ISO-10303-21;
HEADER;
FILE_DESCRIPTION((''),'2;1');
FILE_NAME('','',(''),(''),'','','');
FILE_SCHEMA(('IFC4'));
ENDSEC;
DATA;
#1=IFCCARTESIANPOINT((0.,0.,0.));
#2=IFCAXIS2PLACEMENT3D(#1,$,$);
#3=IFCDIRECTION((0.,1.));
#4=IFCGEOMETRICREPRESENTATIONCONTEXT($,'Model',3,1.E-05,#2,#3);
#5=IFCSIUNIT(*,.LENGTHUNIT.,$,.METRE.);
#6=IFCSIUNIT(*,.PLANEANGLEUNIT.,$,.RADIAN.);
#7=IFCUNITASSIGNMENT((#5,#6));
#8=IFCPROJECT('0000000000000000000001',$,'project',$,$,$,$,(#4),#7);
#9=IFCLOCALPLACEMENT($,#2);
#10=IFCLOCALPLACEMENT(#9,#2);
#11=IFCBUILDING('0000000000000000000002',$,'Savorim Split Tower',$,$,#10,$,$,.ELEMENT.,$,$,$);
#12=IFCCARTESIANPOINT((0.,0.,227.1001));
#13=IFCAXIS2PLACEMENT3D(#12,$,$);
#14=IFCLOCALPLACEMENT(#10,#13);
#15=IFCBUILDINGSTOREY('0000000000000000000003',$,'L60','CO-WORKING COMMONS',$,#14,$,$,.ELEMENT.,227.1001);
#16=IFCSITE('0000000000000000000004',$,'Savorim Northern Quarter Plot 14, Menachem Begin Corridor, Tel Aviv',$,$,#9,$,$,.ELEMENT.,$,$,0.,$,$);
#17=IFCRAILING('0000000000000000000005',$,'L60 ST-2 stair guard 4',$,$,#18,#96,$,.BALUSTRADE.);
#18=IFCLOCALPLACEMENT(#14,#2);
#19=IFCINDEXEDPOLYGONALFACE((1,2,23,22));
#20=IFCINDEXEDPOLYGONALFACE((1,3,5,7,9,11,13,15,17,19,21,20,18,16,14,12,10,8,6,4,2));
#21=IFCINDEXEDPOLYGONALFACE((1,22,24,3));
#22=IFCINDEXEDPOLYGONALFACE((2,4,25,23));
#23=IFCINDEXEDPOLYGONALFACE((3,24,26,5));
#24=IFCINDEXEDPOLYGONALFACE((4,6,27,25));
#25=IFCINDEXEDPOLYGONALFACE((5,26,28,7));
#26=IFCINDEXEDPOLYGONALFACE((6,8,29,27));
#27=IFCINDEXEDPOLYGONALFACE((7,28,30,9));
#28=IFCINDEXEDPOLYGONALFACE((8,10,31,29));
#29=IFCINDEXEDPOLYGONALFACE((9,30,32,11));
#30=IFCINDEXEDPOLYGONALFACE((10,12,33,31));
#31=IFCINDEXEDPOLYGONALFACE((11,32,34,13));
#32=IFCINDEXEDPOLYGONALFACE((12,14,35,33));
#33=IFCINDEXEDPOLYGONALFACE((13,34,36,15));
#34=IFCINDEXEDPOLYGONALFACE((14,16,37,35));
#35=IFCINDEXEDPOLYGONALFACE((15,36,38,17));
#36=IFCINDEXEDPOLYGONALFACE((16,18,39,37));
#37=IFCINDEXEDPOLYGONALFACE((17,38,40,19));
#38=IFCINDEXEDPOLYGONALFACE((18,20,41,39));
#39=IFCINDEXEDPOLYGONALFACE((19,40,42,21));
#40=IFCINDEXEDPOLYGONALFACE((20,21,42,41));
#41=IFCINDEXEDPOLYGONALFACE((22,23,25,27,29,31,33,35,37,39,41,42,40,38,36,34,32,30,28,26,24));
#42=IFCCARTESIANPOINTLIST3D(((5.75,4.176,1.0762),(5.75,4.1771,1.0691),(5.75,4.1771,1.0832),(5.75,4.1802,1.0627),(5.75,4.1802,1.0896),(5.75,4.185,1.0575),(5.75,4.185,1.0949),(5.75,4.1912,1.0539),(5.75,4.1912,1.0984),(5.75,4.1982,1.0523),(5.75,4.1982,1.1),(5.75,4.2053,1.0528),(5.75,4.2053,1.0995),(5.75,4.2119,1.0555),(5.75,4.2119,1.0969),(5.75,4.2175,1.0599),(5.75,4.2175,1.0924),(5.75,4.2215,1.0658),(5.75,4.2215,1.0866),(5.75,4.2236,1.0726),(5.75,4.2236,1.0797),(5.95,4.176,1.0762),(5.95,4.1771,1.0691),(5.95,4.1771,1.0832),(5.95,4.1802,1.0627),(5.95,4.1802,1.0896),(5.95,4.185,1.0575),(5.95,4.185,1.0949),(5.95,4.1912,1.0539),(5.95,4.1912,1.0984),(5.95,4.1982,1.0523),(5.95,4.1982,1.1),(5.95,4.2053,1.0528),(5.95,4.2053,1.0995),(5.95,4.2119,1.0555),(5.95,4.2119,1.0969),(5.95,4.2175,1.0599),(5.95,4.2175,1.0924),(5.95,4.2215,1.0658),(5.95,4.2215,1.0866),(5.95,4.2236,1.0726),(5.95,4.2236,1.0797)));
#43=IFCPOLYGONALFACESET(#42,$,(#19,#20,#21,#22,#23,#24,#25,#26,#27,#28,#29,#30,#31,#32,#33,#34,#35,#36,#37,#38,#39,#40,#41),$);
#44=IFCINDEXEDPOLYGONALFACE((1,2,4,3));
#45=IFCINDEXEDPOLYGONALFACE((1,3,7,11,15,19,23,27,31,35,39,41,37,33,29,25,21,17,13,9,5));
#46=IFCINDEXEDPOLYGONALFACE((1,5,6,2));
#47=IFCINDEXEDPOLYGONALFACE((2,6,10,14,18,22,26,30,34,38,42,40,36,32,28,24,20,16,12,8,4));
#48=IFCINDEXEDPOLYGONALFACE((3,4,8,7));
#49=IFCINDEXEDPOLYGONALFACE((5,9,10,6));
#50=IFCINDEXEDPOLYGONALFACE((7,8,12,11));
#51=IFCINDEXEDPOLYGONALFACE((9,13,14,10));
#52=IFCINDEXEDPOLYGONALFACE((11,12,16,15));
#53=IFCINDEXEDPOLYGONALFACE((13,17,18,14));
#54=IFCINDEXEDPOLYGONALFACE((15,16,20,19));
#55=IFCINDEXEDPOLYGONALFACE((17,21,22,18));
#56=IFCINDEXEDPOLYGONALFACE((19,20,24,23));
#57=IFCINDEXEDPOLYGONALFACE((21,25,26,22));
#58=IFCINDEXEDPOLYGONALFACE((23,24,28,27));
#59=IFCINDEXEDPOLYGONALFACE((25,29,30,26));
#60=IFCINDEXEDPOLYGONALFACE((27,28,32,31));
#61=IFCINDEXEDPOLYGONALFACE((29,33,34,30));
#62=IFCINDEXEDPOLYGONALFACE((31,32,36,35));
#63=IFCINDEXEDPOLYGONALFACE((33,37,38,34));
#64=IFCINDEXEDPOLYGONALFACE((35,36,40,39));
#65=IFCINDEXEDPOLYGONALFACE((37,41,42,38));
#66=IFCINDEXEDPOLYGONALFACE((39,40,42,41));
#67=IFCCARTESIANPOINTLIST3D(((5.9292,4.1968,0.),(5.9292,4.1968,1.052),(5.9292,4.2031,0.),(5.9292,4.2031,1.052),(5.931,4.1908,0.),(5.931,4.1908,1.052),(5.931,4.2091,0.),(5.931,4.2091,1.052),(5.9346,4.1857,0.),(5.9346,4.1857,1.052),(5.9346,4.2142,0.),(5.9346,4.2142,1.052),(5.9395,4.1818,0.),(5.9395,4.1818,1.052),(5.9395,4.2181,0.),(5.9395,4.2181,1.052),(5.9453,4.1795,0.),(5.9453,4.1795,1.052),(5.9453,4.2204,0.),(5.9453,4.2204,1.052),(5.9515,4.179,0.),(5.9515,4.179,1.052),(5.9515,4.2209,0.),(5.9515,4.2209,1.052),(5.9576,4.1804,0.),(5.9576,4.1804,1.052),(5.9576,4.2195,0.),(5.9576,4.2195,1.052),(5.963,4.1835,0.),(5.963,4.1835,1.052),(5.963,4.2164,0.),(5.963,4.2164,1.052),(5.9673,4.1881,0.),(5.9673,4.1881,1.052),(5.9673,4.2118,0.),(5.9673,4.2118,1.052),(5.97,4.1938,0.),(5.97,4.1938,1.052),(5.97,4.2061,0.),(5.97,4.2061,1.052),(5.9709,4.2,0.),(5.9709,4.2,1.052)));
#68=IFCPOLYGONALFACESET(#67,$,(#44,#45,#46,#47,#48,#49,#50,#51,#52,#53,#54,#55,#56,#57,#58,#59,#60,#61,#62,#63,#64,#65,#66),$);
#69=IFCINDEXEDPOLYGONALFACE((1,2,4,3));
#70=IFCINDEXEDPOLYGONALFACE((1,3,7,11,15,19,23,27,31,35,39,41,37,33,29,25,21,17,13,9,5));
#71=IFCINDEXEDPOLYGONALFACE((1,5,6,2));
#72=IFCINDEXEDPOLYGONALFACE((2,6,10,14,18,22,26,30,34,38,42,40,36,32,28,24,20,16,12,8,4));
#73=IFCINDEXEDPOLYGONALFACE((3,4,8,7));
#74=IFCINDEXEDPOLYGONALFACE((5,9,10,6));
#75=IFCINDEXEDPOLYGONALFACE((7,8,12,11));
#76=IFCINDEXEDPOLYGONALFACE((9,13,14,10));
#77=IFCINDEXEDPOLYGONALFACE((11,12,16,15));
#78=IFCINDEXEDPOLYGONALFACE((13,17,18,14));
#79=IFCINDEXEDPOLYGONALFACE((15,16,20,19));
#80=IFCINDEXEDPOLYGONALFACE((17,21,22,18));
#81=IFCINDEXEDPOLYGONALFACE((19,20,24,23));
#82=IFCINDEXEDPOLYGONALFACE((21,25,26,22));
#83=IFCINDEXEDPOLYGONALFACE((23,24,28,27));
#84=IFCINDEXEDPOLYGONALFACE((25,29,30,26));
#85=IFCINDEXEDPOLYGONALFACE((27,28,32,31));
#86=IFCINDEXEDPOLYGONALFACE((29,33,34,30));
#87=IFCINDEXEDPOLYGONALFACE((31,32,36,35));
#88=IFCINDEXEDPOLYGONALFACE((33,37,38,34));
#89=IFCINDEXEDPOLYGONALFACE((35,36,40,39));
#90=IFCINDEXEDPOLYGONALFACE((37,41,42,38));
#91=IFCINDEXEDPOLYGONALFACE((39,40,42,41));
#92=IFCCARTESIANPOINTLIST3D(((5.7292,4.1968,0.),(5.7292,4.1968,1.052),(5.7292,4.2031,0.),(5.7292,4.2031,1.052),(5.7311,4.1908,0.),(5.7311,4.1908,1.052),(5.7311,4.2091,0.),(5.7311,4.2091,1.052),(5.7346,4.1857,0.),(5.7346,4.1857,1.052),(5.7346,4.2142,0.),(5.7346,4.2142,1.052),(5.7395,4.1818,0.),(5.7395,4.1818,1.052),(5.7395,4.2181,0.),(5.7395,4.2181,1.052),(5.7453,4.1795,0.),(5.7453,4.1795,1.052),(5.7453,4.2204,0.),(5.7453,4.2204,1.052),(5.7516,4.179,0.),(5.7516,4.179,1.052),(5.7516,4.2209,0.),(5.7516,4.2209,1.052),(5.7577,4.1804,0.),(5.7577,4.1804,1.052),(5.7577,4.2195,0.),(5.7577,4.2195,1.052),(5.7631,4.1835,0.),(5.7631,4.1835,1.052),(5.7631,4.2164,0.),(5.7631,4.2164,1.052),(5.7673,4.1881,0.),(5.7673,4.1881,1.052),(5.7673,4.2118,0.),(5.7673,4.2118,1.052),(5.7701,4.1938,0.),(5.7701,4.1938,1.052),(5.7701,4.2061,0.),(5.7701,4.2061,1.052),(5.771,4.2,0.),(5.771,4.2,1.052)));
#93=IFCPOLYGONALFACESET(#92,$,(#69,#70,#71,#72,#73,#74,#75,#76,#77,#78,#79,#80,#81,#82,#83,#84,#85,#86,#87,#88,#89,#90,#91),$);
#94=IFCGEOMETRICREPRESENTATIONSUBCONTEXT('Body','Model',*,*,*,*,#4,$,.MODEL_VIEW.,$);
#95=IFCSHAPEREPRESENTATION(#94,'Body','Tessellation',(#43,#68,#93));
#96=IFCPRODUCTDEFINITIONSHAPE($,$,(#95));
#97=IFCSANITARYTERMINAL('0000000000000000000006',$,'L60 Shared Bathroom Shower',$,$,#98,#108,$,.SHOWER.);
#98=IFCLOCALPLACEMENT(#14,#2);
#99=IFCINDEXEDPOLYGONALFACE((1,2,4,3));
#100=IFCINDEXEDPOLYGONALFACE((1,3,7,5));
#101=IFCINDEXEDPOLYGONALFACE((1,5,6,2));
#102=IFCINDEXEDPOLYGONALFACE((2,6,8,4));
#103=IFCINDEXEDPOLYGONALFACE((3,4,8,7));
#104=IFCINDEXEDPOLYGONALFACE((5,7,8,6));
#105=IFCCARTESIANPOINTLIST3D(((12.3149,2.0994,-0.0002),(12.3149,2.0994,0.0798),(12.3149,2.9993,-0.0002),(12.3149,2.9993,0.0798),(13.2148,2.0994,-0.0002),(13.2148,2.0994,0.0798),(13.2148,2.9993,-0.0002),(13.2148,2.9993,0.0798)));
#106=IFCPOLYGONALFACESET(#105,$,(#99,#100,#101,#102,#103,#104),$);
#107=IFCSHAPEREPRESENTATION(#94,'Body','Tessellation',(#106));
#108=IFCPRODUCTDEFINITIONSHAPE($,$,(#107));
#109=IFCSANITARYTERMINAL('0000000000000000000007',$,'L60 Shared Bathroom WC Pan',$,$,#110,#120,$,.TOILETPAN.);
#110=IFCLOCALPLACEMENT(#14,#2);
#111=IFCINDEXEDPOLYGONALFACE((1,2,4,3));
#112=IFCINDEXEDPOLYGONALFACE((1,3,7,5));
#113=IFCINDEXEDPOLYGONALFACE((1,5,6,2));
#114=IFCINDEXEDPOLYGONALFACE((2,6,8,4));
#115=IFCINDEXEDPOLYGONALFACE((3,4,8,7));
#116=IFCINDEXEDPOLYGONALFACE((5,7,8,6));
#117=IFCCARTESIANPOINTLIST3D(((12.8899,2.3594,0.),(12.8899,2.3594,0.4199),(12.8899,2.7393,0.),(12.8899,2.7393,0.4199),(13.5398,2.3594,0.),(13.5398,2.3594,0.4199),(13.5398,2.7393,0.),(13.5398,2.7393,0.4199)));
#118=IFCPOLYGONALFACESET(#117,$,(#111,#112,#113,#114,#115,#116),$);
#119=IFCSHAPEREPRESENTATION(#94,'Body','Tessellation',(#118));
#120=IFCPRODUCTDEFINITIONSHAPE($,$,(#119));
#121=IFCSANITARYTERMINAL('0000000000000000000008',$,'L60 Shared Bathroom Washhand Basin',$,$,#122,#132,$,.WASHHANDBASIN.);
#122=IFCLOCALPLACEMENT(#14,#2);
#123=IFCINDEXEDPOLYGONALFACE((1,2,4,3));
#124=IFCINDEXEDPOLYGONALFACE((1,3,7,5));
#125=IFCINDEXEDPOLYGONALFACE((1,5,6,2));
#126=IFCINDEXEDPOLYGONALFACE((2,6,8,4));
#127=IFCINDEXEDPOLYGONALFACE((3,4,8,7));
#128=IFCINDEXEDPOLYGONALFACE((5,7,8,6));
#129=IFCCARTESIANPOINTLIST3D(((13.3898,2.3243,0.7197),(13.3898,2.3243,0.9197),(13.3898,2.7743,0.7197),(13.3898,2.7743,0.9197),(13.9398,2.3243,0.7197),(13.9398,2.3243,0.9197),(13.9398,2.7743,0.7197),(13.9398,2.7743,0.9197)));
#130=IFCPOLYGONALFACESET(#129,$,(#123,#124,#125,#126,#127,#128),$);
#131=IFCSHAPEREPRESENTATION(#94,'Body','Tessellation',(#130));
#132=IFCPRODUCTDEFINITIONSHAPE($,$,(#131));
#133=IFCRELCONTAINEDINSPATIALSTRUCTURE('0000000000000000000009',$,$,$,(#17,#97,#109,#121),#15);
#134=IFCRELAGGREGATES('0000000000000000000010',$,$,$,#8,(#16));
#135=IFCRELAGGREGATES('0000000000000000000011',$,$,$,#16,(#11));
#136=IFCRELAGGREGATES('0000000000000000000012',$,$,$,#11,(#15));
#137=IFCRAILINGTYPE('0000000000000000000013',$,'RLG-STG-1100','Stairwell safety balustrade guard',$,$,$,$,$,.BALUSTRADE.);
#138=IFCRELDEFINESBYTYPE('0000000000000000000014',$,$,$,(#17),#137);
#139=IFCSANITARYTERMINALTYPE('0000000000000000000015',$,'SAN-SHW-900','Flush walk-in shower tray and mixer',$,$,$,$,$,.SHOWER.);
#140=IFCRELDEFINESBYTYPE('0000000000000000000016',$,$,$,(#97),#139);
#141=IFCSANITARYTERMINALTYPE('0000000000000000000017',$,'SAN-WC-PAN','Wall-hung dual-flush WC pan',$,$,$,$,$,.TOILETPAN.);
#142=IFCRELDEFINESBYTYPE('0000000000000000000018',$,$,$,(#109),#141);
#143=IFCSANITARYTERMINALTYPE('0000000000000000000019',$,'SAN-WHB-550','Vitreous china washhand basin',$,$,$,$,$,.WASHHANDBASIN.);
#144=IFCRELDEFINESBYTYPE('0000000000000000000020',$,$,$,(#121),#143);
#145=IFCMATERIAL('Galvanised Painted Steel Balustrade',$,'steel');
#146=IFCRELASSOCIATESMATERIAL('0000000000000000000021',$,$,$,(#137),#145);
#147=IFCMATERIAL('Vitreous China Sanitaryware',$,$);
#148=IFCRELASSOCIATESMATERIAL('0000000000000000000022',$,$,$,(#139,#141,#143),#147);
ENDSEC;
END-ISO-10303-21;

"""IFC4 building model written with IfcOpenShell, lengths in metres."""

from ifc_helpers import new_model, si_unit, direction, frame, origin, origin_2d, place, context, subcontext, project, spatial, rectangle, circle, extrude, material, type_object, element, save


model = new_model("IFC4")

# Units and contexts
model_context = context("Model", 3, precision=1e-05, world=origin(), true_north=direction((0.0, 1.0)))
body_context = subcontext(model_context, "Body", "Model", "MODEL_VIEW")
ifc_project = project(units=[si_unit("LENGTHUNIT", "METRE"), si_unit("PLANEANGLEUNIT", "RADIAN")], contexts=[model_context])

# Site, building, storey
site_placement = place(None, origin())
site = spatial("IfcSite", under=ifc_project, at=site_placement, Name="Savorim Northern Quarter Plot 14, Menachem Begin Corridor, Tel Aviv", CompositionType="ELEMENT", RefElevation=0.0)
building_placement = place(site_placement, origin())
building = spatial("IfcBuilding", under=site, at=building_placement, Name="Savorim Split Tower", CompositionType="ELEMENT")
storey_placement = place(building_placement, frame((0.0, 0.0, 227.1001)))
storey = spatial("IfcBuildingStorey", under=building, at=storey_placement, Name="L60", Description="CO-WORKING COMMONS", CompositionType="ELEMENT", Elevation=227.1001)

# Railing
ifc_material_1 = material(Name="Galvanised Painted Steel Balustrade", Category="steel")
railing_type_1 = type_object("IfcRailingType", Name="RLG-STG-1100", Description="Stairwell safety balustrade guard", PredefinedType="BALUSTRADE", material=ifc_material_1)
railing_1_placement = place(storey_placement, frame((5.95, 4.2, 0.0)))
element("IfcRailing", 1, at=railing_1_placement, inside=storey, type_object=railing_type_1, Name="L60 ST-2 stair guard 4", PredefinedType="BALUSTRADE", context=body_context, shape_type="SweptSolid", body=[
    extrude(circle(Radius=0.0239, at=origin_2d()), frame((0.0, 0.0, 1.0762), z_axis=(-1.0, 0.0, 0.0), x_axis=(0.0, -1.0, 0.0)), (0.0, 0.0, 1.0), 0.2),
    extrude(circle(Radius=0.021, at=origin_2d()), origin(), (0.0, 0.0, 1.0), 1.052),
    extrude(circle(Radius=0.021, at=origin_2d()), frame((-0.2, 0.0, 0.0)), (0.0, 0.0, 1.0), 1.052),
])

# Sanitary terminals
ifc_material_2 = material(Name="Vitreous China Sanitaryware")
sanitary_terminal_type_1 = type_object("IfcSanitaryTerminalType", Name="SAN-SHW-900", Description="Flush walk-in shower tray and mixer", PredefinedType="SHOWER", material=ifc_material_2)
sanitary_terminal_1_placement = place(storey_placement, frame((12.7649, 2.5493, -0.0002), z_axis=(0.0, 0.0, 1.0), x_axis=(1.0, 0.0, 0.0)))
element("IfcSanitaryTerminal", 2, at=sanitary_terminal_1_placement, inside=storey, type_object=sanitary_terminal_type_1, Name="L60 Shared Bathroom Shower", PredefinedType="SHOWER", context=body_context, shape_type="SweptSolid", body=[
    extrude(rectangle(XDim=0.8999, YDim=0.8999, at=origin_2d()), origin(), (0.0, 0.0, 1.0), 0.0801),
])
sanitary_terminal_type_2 = type_object("IfcSanitaryTerminalType", Name="SAN-WC-PAN", Description="Wall-hung dual-flush WC pan", PredefinedType="TOILETPAN", material=ifc_material_2)
sanitary_terminal_2_placement = place(storey_placement, frame((13.2148, 2.5493, 0.0), z_axis=(0.0, 0.0, 1.0), x_axis=(1.0, 0.0, 0.0)))
element("IfcSanitaryTerminal", 3, at=sanitary_terminal_2_placement, inside=storey, type_object=sanitary_terminal_type_2, Name="L60 Shared Bathroom WC Pan", PredefinedType="TOILETPAN", context=body_context, shape_type="SweptSolid", body=[
    extrude(rectangle(XDim=0.6499, YDim=0.3799, at=origin_2d()), origin(), (0.0, 0.0, 1.0), 0.4199),
])
sanitary_terminal_type_3 = type_object("IfcSanitaryTerminalType", Name="SAN-WHB-550", Description="Vitreous china washhand basin", PredefinedType="WASHHANDBASIN", material=ifc_material_2)
sanitary_terminal_3_placement = place(storey_placement, frame((13.6648, 2.5493, 0.7197), z_axis=(0.0, 0.0, 1.0), x_axis=(1.0, 0.0, 0.0)))
element("IfcSanitaryTerminal", 4, at=sanitary_terminal_3_placement, inside=storey, type_object=sanitary_terminal_type_3, Name="L60 Shared Bathroom Washhand Basin", PredefinedType="WASHHANDBASIN", context=body_context, shape_type="SweptSolid", body=[
    extrude(rectangle(XDim=0.55, YDim=0.45, at=origin_2d()), origin(), (0.0, 0.0, 1.0), 0.2),
])

save(model, "model.ifc")
